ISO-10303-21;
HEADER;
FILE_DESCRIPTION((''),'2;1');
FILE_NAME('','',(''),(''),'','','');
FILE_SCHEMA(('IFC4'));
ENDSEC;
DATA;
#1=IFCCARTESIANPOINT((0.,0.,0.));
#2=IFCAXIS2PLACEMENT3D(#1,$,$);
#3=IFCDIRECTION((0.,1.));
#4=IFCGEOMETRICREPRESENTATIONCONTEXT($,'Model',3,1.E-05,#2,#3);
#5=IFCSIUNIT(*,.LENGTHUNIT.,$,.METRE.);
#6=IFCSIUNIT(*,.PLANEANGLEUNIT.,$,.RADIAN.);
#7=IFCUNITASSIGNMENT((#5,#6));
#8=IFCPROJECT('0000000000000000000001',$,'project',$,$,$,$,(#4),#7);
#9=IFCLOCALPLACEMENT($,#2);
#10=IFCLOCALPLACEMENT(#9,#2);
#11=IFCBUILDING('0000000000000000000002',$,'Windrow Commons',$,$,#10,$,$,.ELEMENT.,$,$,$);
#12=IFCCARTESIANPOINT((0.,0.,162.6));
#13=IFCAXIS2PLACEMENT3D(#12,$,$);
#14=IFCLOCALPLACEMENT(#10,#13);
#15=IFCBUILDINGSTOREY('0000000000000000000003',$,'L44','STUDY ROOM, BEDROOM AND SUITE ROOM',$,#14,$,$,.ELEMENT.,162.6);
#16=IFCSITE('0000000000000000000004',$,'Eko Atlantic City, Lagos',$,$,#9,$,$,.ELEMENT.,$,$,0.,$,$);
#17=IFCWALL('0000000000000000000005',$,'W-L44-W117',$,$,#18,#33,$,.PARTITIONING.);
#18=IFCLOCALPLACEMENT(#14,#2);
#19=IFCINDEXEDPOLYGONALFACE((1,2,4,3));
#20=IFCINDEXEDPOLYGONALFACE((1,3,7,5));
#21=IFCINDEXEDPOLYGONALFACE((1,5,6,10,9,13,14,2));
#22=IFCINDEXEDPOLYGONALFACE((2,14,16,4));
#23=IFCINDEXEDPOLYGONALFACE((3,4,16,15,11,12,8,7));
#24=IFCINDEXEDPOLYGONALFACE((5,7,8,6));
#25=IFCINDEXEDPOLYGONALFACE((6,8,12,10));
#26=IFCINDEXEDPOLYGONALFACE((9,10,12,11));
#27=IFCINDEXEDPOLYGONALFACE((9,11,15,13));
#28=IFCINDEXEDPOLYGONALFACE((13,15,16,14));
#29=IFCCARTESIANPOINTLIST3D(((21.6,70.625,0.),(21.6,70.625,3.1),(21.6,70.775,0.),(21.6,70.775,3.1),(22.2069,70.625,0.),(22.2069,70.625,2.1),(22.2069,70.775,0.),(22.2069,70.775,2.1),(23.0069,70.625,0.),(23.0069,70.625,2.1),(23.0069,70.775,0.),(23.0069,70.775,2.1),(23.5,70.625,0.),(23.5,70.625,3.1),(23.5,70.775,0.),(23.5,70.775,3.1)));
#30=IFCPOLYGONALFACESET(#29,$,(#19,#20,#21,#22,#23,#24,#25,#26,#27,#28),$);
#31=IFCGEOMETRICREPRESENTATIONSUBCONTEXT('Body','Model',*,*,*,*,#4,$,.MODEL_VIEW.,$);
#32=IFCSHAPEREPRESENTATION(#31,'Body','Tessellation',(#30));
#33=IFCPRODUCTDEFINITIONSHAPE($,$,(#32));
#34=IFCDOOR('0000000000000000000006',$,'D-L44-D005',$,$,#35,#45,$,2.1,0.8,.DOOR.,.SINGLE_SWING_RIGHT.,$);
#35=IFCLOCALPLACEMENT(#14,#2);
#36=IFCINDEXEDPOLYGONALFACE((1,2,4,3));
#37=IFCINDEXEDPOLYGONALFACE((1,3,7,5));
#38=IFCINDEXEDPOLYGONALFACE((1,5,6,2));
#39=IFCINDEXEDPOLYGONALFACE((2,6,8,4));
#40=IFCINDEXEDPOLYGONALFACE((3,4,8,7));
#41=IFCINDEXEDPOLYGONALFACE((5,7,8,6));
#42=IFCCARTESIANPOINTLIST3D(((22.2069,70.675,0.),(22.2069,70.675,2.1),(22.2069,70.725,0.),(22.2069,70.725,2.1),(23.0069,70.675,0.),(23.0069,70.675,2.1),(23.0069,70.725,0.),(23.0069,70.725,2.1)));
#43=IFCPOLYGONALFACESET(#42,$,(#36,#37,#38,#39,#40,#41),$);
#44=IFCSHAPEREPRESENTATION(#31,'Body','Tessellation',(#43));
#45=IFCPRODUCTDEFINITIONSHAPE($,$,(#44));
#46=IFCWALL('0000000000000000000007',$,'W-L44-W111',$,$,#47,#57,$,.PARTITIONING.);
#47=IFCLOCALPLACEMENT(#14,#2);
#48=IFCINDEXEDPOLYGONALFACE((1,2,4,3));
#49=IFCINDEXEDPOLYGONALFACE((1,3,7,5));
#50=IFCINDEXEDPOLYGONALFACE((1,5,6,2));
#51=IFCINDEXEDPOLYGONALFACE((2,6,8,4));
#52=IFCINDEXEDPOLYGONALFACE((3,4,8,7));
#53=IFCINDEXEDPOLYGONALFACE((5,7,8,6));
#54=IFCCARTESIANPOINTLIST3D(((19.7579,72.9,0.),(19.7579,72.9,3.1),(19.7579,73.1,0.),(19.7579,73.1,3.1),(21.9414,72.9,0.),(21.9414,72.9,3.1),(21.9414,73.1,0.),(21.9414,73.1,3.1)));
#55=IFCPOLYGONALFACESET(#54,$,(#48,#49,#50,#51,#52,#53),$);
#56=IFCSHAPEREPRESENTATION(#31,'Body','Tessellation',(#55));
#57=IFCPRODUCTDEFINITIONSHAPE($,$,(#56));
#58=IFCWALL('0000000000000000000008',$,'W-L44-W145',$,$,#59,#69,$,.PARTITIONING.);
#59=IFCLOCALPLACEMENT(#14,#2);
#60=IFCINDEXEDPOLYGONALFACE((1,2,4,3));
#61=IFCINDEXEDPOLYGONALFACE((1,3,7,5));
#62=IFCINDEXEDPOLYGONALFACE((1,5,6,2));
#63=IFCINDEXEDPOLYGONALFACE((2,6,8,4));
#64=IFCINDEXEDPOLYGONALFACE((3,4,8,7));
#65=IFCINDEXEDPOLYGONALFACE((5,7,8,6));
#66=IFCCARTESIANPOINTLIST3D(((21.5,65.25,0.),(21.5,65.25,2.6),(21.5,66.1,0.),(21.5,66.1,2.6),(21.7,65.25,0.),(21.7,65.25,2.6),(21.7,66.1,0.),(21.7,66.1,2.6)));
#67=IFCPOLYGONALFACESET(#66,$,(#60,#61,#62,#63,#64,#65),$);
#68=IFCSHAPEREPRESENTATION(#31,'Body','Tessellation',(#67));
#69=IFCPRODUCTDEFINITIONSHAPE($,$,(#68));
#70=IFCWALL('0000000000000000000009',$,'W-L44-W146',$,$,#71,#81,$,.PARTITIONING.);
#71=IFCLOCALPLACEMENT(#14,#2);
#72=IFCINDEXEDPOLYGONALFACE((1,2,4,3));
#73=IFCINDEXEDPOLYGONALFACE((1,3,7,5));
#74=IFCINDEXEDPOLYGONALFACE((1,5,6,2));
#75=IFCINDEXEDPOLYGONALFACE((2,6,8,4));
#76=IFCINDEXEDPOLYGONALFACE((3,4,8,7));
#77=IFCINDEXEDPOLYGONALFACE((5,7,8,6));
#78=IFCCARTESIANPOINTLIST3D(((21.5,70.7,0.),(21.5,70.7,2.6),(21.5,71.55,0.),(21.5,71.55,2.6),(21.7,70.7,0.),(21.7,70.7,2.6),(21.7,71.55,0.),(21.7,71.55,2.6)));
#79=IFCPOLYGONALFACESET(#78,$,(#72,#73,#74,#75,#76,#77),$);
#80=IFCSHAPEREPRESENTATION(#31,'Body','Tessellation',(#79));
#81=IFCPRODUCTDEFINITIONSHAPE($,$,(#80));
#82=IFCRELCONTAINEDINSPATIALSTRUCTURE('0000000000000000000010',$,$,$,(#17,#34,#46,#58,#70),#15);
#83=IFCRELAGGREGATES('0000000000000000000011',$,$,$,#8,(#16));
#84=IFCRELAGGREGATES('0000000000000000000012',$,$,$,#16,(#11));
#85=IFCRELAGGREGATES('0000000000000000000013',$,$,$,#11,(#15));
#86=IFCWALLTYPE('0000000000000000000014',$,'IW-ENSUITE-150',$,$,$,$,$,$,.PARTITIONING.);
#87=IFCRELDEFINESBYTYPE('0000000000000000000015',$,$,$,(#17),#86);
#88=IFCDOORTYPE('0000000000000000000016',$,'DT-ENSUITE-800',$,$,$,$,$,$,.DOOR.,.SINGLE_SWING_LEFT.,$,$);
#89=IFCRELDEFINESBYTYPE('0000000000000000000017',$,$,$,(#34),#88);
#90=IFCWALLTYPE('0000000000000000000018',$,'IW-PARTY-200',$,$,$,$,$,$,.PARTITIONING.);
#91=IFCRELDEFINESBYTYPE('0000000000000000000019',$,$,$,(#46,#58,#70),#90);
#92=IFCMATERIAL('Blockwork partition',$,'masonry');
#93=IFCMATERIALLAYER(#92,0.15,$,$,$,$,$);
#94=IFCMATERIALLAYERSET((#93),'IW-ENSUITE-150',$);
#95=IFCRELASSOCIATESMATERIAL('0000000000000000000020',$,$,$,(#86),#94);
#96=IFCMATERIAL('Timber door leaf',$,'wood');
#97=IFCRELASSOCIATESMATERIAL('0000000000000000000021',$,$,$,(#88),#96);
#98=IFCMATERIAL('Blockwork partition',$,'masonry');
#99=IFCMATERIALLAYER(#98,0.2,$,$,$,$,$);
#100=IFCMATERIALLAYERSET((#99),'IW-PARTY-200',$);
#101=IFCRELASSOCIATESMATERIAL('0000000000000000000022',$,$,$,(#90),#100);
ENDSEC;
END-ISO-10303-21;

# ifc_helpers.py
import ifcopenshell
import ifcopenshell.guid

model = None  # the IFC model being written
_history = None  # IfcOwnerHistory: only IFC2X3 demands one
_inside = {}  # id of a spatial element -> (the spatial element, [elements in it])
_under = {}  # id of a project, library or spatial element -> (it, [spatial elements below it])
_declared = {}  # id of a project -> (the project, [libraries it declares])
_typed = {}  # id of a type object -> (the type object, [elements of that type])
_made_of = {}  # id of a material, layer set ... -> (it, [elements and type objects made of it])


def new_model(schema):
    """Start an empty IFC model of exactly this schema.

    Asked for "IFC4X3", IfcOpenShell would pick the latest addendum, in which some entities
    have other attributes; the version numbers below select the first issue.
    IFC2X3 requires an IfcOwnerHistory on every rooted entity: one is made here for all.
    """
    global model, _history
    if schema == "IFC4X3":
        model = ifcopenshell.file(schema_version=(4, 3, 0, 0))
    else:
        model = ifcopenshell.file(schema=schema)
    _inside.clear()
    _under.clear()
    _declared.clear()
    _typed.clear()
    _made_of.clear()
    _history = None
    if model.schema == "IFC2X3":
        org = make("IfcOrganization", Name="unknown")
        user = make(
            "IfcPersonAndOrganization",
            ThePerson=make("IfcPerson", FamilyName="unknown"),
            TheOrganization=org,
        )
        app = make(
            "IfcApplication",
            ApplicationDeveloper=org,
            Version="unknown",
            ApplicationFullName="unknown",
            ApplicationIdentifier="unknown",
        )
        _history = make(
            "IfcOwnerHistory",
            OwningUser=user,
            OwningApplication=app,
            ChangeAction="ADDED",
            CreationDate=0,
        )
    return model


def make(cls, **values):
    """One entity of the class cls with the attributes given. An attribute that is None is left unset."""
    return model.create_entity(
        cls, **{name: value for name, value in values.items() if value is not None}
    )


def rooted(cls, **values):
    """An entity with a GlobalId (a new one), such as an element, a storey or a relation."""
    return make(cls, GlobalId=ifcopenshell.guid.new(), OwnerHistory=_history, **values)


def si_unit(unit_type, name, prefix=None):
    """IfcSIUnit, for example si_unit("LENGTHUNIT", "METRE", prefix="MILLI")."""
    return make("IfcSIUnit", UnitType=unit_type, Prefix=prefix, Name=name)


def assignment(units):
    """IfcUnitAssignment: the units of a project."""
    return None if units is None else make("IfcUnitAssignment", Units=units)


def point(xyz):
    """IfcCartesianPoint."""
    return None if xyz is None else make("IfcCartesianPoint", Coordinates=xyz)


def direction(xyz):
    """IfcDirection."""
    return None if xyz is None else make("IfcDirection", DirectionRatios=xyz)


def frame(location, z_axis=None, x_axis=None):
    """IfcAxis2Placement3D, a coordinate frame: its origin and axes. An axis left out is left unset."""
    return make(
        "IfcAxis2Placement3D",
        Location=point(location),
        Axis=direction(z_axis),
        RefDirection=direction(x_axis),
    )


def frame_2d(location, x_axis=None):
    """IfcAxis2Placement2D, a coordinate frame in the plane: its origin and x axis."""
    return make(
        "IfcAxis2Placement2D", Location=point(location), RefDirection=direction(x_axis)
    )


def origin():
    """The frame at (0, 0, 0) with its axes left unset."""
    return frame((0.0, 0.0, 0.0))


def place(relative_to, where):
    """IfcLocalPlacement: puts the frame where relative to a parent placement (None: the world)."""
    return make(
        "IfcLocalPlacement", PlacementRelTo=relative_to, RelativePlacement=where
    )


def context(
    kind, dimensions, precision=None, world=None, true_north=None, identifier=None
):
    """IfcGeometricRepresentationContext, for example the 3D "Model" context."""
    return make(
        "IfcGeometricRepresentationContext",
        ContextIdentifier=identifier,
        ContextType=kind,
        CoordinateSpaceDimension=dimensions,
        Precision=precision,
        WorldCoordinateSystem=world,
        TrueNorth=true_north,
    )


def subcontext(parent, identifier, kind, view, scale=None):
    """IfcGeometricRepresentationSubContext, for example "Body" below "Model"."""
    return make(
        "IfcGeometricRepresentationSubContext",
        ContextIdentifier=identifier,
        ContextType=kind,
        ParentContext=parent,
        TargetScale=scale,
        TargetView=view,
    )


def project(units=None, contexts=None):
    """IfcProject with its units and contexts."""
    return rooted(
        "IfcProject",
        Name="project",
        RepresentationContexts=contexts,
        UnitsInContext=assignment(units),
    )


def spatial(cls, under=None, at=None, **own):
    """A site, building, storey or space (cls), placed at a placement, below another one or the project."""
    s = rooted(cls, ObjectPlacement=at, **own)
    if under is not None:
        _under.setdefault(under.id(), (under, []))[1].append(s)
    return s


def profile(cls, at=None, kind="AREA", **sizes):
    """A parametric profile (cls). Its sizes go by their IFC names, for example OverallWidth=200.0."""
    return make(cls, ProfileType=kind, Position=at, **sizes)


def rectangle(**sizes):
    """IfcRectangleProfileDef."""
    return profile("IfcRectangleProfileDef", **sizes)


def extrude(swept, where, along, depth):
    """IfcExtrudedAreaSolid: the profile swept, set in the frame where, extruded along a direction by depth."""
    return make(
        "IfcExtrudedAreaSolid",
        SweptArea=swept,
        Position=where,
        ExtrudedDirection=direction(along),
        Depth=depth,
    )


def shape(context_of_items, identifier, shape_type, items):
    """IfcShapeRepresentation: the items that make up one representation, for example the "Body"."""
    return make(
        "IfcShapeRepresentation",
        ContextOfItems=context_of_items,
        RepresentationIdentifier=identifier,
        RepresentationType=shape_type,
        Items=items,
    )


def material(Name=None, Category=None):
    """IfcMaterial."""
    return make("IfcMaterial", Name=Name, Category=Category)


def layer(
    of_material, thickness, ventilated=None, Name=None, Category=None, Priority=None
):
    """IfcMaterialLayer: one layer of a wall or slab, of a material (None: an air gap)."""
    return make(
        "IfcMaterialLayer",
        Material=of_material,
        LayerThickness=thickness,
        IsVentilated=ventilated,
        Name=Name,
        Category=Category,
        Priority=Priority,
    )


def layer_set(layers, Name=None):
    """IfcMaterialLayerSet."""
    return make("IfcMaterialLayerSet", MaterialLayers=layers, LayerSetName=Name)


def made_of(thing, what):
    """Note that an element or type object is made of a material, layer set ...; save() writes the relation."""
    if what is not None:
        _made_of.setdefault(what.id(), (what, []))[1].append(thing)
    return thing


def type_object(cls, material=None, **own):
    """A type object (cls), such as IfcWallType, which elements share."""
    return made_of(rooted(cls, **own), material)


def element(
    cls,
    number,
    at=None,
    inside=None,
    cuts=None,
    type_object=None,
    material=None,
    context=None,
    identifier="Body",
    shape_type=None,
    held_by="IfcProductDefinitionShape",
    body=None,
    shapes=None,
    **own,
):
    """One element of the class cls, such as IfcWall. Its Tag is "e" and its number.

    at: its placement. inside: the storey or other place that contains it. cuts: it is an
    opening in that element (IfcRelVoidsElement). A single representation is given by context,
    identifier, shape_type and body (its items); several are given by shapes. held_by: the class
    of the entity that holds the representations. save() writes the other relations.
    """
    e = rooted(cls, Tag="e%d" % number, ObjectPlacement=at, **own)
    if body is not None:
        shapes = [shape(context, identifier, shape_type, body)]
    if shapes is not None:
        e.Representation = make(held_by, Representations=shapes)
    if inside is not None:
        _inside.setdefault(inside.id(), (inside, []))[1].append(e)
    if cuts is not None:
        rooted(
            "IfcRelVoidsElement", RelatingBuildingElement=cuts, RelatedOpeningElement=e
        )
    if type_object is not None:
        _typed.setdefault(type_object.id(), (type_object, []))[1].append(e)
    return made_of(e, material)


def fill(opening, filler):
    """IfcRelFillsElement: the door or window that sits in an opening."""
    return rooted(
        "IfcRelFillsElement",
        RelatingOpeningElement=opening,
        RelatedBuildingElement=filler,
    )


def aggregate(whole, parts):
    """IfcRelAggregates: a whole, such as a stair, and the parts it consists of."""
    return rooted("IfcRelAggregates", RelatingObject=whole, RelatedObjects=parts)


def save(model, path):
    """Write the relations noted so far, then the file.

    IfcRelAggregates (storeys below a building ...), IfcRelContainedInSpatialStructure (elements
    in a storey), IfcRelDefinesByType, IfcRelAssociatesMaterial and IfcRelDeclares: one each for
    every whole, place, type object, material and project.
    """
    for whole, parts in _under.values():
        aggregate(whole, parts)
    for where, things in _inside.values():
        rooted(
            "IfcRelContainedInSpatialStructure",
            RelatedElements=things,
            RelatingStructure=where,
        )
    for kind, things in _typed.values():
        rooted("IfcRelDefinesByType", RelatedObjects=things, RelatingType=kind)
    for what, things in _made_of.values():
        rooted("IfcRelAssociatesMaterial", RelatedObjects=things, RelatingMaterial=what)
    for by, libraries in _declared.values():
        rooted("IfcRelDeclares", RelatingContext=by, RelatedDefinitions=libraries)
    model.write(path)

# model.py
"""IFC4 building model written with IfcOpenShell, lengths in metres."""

from ifc_helpers import new_model, si_unit, direction, frame, frame_2d, origin, place, context, subcontext, project, spatial, rectangle, extrude, material, layer, layer_set, type_object, element, fill, save


model = new_model("IFC4")

# Units and contexts
model_context = context("Model", 3, precision=1e-05, world=origin(), true_north=direction((0.0, 1.0)))
body_context = subcontext(model_context, "Body", "Model", "MODEL_VIEW")
ifc_project = project(units=[si_unit("LENGTHUNIT", "METRE"), si_unit("PLANEANGLEUNIT", "RADIAN")], contexts=[model_context])

# Site, building, storey
site_placement = place(None, origin())
site = spatial("IfcSite", under=ifc_project, at=site_placement, Name="Eko Atlantic City, Lagos", CompositionType="ELEMENT", RefElevation=0.0)
building_placement = place(site_placement, origin())
building = spatial("IfcBuilding", under=site, at=building_placement, Name="Windrow Commons", CompositionType="ELEMENT")
storey_placement = place(building_placement, frame((0.0, 0.0, 162.6)))
storey = spatial("IfcBuildingStorey", under=building, at=storey_placement, Name="L44", Description="STUDY ROOM, BEDROOM AND SUITE ROOM", CompositionType="ELEMENT", Elevation=162.6)

# Shared definitions
ifc_material_1 = material(Name="Blockwork partition", Category="masonry")
ifc_layer_1 = layer(ifc_material_1, 0.15)
ifc_layer_set_1 = layer_set([ifc_layer_1], Name="IW-ENSUITE-150")
wall_type_1 = type_object("IfcWallType", Name="IW-ENSUITE-150", PredefinedType="PARTITIONING", material=ifc_layer_set_1)

# Wall, opening, door
wall_1_placement = place(storey_placement, frame((21.6, 70.7, 0.0), z_axis=(0.0, 0.0, 1.0), x_axis=(1.0, 0.0, 0.0)))
wall_1 = element("IfcWall", 1, at=wall_1_placement, inside=storey, type_object=wall_type_1, Name="W-L44-W117", PredefinedType="PARTITIONING", context=body_context, shape_type="SweptSolid", body=[
    extrude(rectangle(XDim=1.9, YDim=0.15, at=frame_2d((0.95, 0.0))), origin(), (0.0, 0.0, 1.0), 3.1),
])
opening_1_placement = place(wall_1_placement, frame((0.6069, 0.0, 0.0)))
opening_1 = element("IfcOpeningElement", 2, at=opening_1_placement, cuts=wall_1, PredefinedType="OPENING", context=body_context, shape_type="SweptSolid", body=[
    extrude(rectangle(XDim=0.8, YDim=2.1, at=frame_2d((0.4, 1.05))), frame((0.0, 0.085, 0.0), z_axis=(0.0, -1.0, 0.0), x_axis=(1.0, 0.0, 0.0)), (0.0, 0.0, 1.0), 0.17),
])
ifc_material_2 = material(Name="Timber door leaf", Category="wood")
door_type_1 = type_object("IfcDoorType", Name="DT-ENSUITE-800", OperationType="SINGLE_SWING_LEFT", PredefinedType="DOOR", material=ifc_material_2)
door_1_placement = place(opening_1_placement, origin())
door_1 = element("IfcDoor", 3, at=door_1_placement, inside=storey, type_object=door_type_1, Name="D-L44-D005", OperationType="SINGLE_SWING_RIGHT", OverallHeight=2.1, OverallWidth=0.8, PredefinedType="DOOR", context=body_context, shape_type="SweptSolid", body=[
    extrude(rectangle(XDim=0.8, YDim=2.1, at=frame_2d((0.4, 1.05))), frame((0.0, 0.025, 0.0), z_axis=(0.0, -1.0, 0.0), x_axis=(1.0, 0.0, 0.0)), (0.0, 0.0, 1.0), 0.05),
])
fill(opening_1, door_1)

# Walls
ifc_material_3 = material(Name="Blockwork partition", Category="masonry")
ifc_layer_2 = layer(ifc_material_3, 0.2)
ifc_layer_set_2 = layer_set([ifc_layer_2], Name="IW-PARTY-200")
wall_type_2 = type_object("IfcWallType", Name="IW-PARTY-200", PredefinedType="PARTITIONING", material=ifc_layer_set_2)
wall_2_placement = place(storey_placement, frame((19.758, 73.0, 0.0), z_axis=(0.0, 0.0, 1.0), x_axis=(1.0, 0.0, 0.0)))
element("IfcWall", 4, at=wall_2_placement, inside=storey, type_object=wall_type_2, Name="W-L44-W111", PredefinedType="PARTITIONING", context=body_context, shape_type="SweptSolid", body=[
    extrude(rectangle(XDim=2.1835, YDim=0.2, at=frame_2d((1.0917, 0.0))), origin(), (0.0, 0.0, 1.0), 3.1),
])
for number, where, z_axis, x_axis, name in (
    (5, (21.6, 65.25, 0.0), (0.0, 0.0, 1.0), (0.0, 1.0, 0.0), "W-L44-W145"),
    (6, (21.6, 70.7, 0.0), (0.0, 0.0, 1.0), (0.0, 1.0, 0.0), "W-L44-W146"),
):
    element("IfcWall", number, at=place(storey_placement, frame(where, z_axis=z_axis, x_axis=x_axis)), inside=storey, type_object=wall_type_2, Name=name, PredefinedType="PARTITIONING", context=body_context, shape_type="SweptSolid", body=[
        extrude(rectangle(XDim=0.85, YDim=0.2, at=frame_2d((0.425, 0.0))), origin(), (0.0, 0.0, 1.0), 2.6),
    ])

save(model, "model.ifc")
